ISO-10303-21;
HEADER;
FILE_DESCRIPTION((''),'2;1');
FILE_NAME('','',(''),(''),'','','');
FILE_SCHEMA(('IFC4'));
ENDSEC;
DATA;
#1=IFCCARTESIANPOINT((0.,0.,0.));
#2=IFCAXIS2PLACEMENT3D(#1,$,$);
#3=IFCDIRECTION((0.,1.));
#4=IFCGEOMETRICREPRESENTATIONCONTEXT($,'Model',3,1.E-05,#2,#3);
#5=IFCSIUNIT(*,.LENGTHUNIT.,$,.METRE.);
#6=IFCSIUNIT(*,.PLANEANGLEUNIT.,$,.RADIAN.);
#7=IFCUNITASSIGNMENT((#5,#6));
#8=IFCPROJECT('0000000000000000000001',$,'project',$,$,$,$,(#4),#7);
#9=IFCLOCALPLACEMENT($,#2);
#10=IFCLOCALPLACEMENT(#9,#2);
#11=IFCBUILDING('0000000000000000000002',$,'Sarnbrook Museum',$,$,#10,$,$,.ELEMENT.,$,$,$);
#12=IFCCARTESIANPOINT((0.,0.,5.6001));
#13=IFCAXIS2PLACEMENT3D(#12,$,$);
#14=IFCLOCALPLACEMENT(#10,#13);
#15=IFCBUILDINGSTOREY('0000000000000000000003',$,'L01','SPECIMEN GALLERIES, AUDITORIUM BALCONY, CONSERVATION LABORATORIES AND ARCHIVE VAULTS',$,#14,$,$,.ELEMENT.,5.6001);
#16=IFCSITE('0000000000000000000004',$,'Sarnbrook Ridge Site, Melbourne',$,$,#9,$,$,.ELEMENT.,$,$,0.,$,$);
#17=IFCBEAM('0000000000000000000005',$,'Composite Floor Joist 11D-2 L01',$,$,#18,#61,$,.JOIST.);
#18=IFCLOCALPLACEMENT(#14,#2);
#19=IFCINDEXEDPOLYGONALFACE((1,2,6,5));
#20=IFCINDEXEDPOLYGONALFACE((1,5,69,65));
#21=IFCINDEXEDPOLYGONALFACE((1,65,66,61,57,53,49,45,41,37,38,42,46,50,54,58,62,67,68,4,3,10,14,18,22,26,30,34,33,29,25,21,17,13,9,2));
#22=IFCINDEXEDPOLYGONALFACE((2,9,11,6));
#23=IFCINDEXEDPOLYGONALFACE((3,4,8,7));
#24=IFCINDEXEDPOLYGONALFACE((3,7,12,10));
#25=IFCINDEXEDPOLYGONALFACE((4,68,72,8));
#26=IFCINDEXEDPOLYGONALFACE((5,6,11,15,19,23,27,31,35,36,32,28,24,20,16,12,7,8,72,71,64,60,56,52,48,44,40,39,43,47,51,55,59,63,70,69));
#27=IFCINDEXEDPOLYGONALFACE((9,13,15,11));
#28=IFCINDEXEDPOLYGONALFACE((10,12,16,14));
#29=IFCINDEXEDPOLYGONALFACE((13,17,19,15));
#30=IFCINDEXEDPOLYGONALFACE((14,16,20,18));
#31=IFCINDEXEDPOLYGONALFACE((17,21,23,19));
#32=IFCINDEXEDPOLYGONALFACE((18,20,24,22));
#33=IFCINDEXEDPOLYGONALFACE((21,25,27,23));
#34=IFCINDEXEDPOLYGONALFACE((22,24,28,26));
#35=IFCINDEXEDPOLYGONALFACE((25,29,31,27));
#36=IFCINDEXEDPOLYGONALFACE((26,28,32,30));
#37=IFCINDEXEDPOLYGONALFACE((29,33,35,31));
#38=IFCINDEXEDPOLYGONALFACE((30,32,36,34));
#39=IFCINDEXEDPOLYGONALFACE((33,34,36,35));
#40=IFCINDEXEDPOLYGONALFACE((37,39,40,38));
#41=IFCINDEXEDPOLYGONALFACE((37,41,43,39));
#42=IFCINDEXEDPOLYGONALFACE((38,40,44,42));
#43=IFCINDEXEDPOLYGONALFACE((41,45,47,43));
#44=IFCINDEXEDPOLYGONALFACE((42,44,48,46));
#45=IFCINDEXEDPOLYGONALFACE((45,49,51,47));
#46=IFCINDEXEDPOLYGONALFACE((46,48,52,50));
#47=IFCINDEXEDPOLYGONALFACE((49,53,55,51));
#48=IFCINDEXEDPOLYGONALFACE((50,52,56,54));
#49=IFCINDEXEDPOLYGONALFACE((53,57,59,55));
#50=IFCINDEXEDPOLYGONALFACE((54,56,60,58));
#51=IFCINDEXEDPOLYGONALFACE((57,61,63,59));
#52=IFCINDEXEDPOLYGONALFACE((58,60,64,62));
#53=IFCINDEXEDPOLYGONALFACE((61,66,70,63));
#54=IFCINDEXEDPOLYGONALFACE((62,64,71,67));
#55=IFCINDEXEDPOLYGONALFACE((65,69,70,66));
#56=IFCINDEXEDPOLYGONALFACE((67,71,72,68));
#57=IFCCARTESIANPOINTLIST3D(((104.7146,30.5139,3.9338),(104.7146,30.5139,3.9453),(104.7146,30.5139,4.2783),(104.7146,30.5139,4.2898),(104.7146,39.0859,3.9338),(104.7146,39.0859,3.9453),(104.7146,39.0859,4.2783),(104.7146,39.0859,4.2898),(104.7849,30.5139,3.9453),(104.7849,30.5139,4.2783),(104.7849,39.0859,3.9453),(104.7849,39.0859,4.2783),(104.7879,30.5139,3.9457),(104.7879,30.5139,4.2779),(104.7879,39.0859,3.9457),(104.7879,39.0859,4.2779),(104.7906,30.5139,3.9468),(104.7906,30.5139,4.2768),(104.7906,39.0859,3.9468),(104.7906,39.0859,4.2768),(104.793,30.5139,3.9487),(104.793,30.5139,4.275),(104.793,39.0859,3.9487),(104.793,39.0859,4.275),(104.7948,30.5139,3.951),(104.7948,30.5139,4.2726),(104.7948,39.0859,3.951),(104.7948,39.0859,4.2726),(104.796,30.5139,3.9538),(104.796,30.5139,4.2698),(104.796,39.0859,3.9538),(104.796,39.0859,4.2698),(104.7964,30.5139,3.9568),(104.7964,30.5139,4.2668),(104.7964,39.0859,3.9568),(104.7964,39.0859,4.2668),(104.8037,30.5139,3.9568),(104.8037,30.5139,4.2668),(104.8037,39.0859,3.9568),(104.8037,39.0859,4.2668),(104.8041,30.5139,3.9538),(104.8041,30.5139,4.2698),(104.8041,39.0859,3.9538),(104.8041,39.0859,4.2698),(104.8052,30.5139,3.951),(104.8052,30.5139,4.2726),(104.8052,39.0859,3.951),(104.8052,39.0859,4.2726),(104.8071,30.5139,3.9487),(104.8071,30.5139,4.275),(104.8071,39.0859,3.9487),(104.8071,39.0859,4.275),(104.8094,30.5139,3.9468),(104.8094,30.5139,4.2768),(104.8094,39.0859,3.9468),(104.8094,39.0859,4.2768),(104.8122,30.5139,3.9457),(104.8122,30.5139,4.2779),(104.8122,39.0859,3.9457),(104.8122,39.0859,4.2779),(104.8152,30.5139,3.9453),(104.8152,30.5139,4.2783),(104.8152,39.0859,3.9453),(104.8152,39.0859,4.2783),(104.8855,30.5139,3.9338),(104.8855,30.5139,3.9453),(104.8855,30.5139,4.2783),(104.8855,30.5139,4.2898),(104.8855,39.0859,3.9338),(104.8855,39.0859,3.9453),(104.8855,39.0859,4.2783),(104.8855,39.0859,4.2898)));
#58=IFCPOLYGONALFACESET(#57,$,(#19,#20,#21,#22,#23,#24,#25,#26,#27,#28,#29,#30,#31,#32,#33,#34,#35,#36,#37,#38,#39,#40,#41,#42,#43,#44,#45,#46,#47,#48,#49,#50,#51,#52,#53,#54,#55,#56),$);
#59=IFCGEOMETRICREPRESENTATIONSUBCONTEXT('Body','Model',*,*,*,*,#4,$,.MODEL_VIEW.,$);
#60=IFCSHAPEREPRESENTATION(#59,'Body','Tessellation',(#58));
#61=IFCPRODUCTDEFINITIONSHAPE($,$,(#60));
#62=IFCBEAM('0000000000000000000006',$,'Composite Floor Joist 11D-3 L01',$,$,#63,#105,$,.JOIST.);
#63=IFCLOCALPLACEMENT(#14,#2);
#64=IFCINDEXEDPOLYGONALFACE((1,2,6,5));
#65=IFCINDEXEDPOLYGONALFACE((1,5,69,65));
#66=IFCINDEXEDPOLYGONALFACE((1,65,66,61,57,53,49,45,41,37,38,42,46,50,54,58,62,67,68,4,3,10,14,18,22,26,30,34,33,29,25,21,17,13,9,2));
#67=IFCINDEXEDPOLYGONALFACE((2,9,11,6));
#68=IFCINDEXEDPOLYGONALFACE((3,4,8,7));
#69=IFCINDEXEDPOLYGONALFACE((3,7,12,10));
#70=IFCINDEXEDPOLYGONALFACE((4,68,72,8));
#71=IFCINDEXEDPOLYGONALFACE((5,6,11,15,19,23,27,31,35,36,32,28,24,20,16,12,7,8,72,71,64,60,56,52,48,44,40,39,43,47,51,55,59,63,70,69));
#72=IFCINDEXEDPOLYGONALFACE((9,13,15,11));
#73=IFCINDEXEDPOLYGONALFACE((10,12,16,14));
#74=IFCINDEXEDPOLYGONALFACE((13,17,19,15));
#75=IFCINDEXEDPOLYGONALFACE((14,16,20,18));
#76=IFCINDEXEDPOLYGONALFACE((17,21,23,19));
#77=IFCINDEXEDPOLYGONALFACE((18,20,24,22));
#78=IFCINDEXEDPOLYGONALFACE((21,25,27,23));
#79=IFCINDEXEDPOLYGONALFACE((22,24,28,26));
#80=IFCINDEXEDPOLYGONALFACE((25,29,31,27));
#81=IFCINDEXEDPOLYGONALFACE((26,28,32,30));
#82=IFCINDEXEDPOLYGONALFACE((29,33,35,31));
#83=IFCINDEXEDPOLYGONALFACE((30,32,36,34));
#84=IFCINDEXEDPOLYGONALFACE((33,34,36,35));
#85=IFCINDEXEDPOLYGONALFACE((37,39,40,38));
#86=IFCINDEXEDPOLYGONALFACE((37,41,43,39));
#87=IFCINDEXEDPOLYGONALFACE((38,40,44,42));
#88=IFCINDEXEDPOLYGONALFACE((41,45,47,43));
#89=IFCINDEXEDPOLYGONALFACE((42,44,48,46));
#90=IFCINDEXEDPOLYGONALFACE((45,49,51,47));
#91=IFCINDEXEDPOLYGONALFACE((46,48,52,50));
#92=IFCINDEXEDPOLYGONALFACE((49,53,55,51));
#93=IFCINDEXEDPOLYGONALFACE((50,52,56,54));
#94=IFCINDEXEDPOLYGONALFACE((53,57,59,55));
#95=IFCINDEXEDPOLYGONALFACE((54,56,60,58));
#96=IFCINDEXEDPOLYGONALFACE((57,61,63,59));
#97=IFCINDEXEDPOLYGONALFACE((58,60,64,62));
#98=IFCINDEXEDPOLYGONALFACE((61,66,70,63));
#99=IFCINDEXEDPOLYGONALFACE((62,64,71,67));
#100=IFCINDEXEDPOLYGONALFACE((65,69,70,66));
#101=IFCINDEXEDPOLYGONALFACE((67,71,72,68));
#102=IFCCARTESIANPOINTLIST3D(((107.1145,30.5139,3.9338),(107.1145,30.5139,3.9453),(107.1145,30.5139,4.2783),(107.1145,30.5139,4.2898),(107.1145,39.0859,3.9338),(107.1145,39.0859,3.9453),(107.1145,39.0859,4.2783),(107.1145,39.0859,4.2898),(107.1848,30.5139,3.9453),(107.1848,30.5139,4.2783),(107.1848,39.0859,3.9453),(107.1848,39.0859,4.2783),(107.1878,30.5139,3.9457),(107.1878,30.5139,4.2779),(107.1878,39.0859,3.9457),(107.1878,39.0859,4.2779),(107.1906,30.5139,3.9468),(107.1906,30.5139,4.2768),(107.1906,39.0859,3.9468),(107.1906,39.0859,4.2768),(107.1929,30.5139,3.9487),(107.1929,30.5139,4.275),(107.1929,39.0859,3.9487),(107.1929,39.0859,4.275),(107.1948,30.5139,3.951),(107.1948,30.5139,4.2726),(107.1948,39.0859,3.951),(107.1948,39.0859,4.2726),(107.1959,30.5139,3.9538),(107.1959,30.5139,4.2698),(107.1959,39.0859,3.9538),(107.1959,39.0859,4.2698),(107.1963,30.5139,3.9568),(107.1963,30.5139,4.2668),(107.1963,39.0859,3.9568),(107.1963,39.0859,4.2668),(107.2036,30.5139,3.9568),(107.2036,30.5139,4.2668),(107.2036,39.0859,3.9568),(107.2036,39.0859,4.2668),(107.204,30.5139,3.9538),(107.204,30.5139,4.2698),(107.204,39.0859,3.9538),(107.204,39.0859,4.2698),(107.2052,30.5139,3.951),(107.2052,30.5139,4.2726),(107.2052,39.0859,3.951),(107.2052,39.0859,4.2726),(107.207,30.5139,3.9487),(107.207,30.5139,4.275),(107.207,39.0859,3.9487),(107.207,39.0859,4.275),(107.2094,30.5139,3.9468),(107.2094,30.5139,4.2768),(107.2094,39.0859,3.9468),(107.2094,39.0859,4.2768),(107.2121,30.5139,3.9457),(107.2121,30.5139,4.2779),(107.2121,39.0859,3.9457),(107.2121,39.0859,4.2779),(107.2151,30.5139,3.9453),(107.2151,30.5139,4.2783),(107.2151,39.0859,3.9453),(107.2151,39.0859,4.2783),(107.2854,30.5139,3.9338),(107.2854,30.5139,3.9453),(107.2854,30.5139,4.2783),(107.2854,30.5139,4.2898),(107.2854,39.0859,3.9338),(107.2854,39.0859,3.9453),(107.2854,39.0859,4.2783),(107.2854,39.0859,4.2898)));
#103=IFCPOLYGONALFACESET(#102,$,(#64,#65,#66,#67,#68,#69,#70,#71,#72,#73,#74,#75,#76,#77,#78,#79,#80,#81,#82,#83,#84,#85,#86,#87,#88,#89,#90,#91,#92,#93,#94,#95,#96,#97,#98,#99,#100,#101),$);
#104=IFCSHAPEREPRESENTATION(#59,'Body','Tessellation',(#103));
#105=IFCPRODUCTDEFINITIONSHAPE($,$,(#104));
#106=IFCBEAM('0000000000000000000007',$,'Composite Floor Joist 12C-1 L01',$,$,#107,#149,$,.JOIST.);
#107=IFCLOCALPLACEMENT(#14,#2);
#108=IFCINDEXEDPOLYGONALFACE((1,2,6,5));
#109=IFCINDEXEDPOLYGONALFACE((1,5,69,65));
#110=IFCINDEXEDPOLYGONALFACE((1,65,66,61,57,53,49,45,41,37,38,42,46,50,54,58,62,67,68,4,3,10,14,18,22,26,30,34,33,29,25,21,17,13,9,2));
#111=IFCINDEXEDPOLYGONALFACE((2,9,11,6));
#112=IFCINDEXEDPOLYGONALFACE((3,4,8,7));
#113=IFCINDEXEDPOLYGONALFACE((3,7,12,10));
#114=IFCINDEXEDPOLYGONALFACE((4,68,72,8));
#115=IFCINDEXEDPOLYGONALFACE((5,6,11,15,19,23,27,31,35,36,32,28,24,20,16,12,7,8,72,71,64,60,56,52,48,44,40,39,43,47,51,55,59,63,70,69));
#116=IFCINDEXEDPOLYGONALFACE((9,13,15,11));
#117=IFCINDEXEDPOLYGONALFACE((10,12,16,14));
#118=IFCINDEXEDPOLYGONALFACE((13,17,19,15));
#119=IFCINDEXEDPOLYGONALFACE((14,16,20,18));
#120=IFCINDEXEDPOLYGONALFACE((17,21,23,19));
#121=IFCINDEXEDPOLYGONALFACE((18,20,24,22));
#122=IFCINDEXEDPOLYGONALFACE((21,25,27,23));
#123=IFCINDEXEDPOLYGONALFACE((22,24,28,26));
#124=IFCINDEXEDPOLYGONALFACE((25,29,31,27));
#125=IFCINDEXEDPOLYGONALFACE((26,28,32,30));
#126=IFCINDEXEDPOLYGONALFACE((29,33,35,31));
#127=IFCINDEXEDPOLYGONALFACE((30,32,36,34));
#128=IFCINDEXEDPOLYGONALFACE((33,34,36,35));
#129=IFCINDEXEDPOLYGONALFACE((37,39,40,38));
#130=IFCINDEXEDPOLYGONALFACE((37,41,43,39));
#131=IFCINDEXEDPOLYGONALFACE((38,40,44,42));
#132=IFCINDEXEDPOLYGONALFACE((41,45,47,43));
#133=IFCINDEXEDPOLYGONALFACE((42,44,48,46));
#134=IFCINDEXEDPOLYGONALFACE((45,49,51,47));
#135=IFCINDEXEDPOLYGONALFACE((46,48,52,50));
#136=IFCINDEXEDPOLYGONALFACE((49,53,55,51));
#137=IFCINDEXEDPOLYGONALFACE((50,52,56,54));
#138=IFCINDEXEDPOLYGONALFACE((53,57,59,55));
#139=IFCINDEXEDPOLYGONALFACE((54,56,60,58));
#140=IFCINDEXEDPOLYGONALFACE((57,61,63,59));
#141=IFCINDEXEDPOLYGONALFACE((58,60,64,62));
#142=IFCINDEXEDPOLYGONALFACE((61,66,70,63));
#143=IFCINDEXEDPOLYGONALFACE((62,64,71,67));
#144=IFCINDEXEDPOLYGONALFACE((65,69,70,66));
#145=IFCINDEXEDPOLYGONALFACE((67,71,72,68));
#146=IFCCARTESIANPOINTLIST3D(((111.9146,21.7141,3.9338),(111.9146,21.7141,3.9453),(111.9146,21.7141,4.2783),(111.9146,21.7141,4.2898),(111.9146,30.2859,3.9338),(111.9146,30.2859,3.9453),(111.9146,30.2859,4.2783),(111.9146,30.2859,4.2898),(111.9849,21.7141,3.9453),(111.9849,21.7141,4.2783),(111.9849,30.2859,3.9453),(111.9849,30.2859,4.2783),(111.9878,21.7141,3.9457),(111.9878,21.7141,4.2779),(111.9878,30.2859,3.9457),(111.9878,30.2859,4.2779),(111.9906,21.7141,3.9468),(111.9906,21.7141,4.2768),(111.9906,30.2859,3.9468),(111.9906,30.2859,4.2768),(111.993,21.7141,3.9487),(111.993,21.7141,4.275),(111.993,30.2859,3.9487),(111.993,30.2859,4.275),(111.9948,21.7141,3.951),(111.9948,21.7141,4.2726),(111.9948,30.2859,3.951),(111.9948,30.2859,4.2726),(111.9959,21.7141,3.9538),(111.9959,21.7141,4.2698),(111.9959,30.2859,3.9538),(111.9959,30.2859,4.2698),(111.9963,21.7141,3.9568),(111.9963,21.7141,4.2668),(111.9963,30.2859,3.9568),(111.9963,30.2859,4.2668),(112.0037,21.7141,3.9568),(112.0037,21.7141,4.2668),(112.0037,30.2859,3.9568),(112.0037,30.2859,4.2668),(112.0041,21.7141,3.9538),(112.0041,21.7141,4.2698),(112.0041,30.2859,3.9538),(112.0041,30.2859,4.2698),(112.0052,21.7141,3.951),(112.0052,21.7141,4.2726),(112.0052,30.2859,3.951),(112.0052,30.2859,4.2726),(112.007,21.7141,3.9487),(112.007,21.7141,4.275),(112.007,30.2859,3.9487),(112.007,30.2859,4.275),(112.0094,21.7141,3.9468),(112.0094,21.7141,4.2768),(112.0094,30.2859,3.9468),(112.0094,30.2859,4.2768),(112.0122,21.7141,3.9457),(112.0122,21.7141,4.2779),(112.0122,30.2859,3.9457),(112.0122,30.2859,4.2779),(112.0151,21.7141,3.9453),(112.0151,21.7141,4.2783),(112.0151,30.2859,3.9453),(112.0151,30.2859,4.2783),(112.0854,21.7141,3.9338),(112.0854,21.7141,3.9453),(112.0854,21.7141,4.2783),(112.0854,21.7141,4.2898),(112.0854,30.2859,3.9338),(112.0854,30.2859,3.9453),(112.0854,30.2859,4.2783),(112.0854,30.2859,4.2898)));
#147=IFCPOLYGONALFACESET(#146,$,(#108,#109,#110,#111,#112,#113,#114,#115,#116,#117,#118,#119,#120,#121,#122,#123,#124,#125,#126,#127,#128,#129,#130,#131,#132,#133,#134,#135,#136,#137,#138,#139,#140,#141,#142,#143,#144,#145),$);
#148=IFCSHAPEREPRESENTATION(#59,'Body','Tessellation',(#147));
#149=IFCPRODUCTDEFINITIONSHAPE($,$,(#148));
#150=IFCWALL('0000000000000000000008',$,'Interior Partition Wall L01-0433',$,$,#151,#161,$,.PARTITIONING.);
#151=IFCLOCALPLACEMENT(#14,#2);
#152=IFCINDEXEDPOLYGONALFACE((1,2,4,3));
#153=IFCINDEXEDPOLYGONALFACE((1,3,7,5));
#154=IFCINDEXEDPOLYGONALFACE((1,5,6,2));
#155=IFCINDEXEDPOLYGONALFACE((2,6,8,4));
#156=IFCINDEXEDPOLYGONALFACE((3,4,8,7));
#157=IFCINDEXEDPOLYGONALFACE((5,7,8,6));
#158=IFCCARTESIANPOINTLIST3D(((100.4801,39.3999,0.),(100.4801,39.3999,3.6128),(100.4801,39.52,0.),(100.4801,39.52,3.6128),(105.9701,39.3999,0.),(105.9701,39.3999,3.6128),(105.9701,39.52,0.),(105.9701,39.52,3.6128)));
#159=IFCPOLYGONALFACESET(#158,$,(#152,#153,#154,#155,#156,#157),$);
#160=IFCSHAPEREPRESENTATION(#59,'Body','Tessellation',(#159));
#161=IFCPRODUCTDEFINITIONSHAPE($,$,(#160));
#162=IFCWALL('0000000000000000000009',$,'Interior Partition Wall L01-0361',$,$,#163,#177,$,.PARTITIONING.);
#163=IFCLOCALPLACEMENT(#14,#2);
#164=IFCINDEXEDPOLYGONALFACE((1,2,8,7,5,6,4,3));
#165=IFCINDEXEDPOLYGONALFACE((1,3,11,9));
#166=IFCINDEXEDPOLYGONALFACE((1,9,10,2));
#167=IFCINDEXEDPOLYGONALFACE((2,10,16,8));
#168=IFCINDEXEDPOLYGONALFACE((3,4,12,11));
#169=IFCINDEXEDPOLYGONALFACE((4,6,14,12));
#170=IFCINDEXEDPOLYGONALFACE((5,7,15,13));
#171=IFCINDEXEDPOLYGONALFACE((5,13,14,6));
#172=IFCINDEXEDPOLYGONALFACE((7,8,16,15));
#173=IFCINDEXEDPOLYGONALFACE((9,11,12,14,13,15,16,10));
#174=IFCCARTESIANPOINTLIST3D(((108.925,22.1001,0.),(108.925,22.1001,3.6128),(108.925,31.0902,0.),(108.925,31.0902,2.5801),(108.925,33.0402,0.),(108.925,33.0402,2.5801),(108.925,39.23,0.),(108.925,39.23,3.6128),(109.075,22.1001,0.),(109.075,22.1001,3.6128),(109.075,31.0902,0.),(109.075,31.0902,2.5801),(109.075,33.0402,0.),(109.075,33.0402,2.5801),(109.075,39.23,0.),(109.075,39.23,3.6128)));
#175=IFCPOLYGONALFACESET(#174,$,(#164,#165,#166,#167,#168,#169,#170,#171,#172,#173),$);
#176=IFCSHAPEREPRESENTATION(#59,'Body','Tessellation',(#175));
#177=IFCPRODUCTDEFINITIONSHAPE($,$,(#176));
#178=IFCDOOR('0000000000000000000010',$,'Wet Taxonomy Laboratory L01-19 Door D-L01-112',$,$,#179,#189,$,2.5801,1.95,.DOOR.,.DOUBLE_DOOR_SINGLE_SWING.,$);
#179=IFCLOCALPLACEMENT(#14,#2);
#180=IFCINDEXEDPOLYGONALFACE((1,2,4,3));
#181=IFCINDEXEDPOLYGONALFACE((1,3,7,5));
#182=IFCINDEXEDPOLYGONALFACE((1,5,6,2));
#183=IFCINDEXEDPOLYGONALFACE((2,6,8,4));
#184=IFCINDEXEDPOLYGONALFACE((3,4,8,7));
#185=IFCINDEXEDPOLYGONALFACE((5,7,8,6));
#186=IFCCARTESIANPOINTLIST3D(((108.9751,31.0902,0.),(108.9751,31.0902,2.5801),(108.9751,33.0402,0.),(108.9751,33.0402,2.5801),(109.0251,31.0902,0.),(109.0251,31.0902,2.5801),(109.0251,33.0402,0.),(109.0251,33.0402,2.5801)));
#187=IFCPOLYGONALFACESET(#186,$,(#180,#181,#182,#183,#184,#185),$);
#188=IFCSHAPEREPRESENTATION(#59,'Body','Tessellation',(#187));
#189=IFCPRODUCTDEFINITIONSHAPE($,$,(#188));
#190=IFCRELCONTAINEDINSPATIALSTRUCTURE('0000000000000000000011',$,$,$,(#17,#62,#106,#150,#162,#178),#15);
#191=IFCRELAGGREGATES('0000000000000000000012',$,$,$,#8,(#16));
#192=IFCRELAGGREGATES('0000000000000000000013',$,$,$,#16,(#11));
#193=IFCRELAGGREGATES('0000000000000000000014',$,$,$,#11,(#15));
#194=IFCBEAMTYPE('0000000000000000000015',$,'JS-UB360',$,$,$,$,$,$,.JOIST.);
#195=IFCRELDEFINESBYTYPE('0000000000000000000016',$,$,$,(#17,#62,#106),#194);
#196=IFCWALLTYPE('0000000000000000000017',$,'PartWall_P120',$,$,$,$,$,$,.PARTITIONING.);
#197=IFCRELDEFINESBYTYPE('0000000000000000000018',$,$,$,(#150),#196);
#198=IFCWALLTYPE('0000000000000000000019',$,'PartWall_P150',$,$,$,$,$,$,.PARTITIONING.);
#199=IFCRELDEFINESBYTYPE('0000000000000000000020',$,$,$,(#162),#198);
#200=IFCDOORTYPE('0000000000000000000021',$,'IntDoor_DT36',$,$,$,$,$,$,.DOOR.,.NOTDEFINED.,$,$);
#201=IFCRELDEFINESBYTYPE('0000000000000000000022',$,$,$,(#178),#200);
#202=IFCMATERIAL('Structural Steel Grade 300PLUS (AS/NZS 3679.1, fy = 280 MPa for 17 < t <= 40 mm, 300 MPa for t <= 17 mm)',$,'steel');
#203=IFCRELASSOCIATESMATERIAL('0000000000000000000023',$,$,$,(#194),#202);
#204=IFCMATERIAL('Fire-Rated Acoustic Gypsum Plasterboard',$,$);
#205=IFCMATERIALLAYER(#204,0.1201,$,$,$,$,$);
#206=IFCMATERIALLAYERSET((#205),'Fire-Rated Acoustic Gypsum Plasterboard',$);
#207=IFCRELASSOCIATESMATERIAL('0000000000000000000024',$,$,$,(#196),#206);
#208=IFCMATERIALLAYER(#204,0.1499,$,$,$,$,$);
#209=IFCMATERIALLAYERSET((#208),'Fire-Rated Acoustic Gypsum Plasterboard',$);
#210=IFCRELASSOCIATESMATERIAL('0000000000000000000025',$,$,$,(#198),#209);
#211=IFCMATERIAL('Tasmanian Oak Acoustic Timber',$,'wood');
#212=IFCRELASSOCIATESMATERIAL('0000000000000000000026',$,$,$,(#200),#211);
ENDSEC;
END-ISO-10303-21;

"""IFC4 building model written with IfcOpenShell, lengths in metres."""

from ifc_helpers import new_model, si_unit, direction, frame, frame_2d, origin, origin_2d, place, context, subcontext, project, spatial, rectangle, i_section, extrude, material, layer, layer_set, material_profile, profile_set, type_object, element, fill, save


model = new_model("IFC4")

# Units and contexts
model_context = context("Model", 3, precision=1e-05, world=origin(), true_north=direction((0.0, 1.0)))
body_context = subcontext(model_context, "Body", "Model", "MODEL_VIEW")
ifc_project = project(units=[si_unit("LENGTHUNIT", "METRE"), si_unit("PLANEANGLEUNIT", "RADIAN")], contexts=[model_context])

# Site, building, storey
site_placement = place(None, origin())
site = spatial("IfcSite", under=ifc_project, at=site_placement, Name="Sarnbrook Ridge Site, Melbourne", CompositionType="ELEMENT", RefElevation=0.0)
building_placement = place(site_placement, origin())
building = spatial("IfcBuilding", under=site, at=building_placement, Name="Sarnbrook Museum", CompositionType="ELEMENT")
storey_placement = place(building_placement, frame((0.0, 0.0, 5.6001)))
storey = spatial("IfcBuildingStorey", under=building, at=storey_placement, Name="L01", Description="SPECIMEN GALLERIES, AUDITORIUM BALCONY, CONSERVATION LABORATORIES AND ARCHIVE VAULTS", CompositionType="ELEMENT", Elevation=5.6001)

# Shared definitions
ifc_material_1 = material(Name="Structural Steel Grade 300PLUS (AS/NZS 3679.1, fy = 280 MPa for 17 < t <= 40 mm, 300 MPa for t <= 17 mm)", Category="steel")

# Beams
ifc_material_profile_1 = material_profile(ifc_material_1, i_section(OverallWidth=0.1709, OverallDepth=0.356, WebThickness=0.0073, FlangeThickness=0.0115, FilletRadius=0.0115, at=origin_2d()), Name="360UB50.7")
ifc_profile_set_1 = profile_set([ifc_material_profile_1], Name="Structural Steel Grade 300PLUS (AS/NZS 3679.1, fy = 280 MPa for 17 < t <= 40 mm, 300 MPa for t <= 17 mm)")
beam_type_1 = type_object("IfcBeamType", Name="JS-UB360", PredefinedType="JOIST", material=ifc_profile_set_1)
for number, where, z_axis, x_axis, name in (
    (1, (104.8, 30.5139, 4.1118), (0.0, 1.0, 0.0), (-1.0, 0.0, 0.0), "Composite Floor Joist 11D-2 L01"),
    (2, (107.2, 30.5139, 4.1118), (0.0, 1.0, 0.0), (-1.0, 0.0, 0.0), "Composite Floor Joist 11D-3 L01"),
):
    element("IfcBeam", number, at=place(storey_placement, frame(where, z_axis=z_axis, x_axis=x_axis)), inside=storey, type_object=beam_type_1, Name=name, PredefinedType="JOIST", context=body_context, shape_type="SweptSolid", body=[
        extrude(i_section(OverallWidth=0.1709, OverallDepth=0.356, WebThickness=0.0073, FlangeThickness=0.0115, FilletRadius=0.0115, at=origin_2d()), origin(), (0.0, 0.0, 1.0), 8.572),
    ])
beam_1_placement = place(storey_placement, frame((112.0, 21.7141, 4.1118), z_axis=(0.0, 1.0, 0.0), x_axis=(-1.0, 0.0, 0.0)))
element("IfcBeam", 3, at=beam_1_placement, inside=storey, type_object=beam_type_1, Name="Composite Floor Joist 12C-1 L01", PredefinedType="JOIST", context=body_context, shape_type="SweptSolid", body=[
    extrude(i_section(OverallWidth=0.1709, OverallDepth=0.356, WebThickness=0.0073, FlangeThickness=0.0115, FilletRadius=0.0115, at=origin_2d()), origin(), (0.0, 0.0, 1.0), 8.5718),
])

# Wall
ifc_material_2 = material(Name="Fire-Rated Acoustic Gypsum Plasterboard")
ifc_layer_1 = layer(ifc_material_2, 0.1201)
ifc_layer_set_1 = layer_set([ifc_layer_1], Name="Fire-Rated Acoustic Gypsum Plasterboard")
wall_type_1 = type_object("IfcWallType", Name="PartWall_P120", PredefinedType="PARTITIONING", material=ifc_layer_set_1)
wall_1_placement = place(storey_placement, frame((100.48, 39.46, 0.0), z_axis=(0.0, 0.0, 1.0), x_axis=(1.0, 0.0, 0.0)))
element("IfcWall", 4, at=wall_1_placement, inside=storey, type_object=wall_type_1, Name="Interior Partition Wall L01-0433", PredefinedType="PARTITIONING", context=body_context, shape_type="SweptSolid", body=[
    extrude(rectangle(XDim=5.49, YDim=0.1201, at=frame_2d((2.7451, 0.0))), origin(), (0.0, 0.0, 1.0), 3.6128),
])

# Wall, opening, door
ifc_layer_2 = layer(ifc_material_2, 0.1499)
ifc_layer_set_2 = layer_set([ifc_layer_2], Name="Fire-Rated Acoustic Gypsum Plasterboard")
wall_type_2 = type_object("IfcWallType", Name="PartWall_P150", PredefinedType="PARTITIONING", material=ifc_layer_set_2)
wall_2_placement = place(storey_placement, frame((109.0, 22.1001, 0.0), z_axis=(0.0, 0.0, 1.0), x_axis=(0.0, 1.0, 0.0)))
wall_2 = element("IfcWall", 5, at=wall_2_placement, inside=storey, type_object=wall_type_2, Name="Interior Partition Wall L01-0361", PredefinedType="PARTITIONING", context=body_context, shape_type="SweptSolid", body=[
    extrude(rectangle(XDim=17.1299, YDim=0.1499, at=frame_2d((8.5649, 0.0))), origin(), (0.0, 0.0, 1.0), 3.6128),
])
opening_1_placement = place(wall_2_placement, frame((8.99, 0.0, 0.0)))
opening_1 = element("IfcOpeningElement", 6, at=opening_1_placement, cuts=wall_2, PredefinedType="OPENING", context=body_context, shape_type="SweptSolid", body=[
    extrude(rectangle(XDim=1.95, YDim=2.5801, at=frame_2d((0.9751, 1.29))), frame((0.0, 0.085, 0.0), z_axis=(0.0, -1.0, 0.0), x_axis=(1.0, 0.0, 0.0)), (0.0, 0.0, 1.0), 0.1699),
])
ifc_material_3 = material(Name="Tasmanian Oak Acoustic Timber", Category="wood")
door_type_1 = type_object("IfcDoorType", Name="IntDoor_DT36", OperationType="NOTDEFINED", PredefinedType="DOOR", material=ifc_material_3)
door_1_placement = place(opening_1_placement, origin())
door_1 = element("IfcDoor", 7, at=door_1_placement, inside=storey, type_object=door_type_1, Name="Wet Taxonomy Laboratory L01-19 Door D-L01-112", OperationType="DOUBLE_DOOR_SINGLE_SWING", OverallHeight=2.5801, OverallWidth=1.95, PredefinedType="DOOR", context=body_context, shape_type="SweptSolid", body=[
    extrude(rectangle(XDim=1.95, YDim=2.5801, at=frame_2d((0.9751, 1.29))), frame((0.0, 0.0249, 0.0), z_axis=(0.0, -1.0, 0.0), x_axis=(1.0, 0.0, 0.0)), (0.0, 0.0, 1.0), 0.05),
])
fill(opening_1, door_1)

save(model, "model.ifc")
